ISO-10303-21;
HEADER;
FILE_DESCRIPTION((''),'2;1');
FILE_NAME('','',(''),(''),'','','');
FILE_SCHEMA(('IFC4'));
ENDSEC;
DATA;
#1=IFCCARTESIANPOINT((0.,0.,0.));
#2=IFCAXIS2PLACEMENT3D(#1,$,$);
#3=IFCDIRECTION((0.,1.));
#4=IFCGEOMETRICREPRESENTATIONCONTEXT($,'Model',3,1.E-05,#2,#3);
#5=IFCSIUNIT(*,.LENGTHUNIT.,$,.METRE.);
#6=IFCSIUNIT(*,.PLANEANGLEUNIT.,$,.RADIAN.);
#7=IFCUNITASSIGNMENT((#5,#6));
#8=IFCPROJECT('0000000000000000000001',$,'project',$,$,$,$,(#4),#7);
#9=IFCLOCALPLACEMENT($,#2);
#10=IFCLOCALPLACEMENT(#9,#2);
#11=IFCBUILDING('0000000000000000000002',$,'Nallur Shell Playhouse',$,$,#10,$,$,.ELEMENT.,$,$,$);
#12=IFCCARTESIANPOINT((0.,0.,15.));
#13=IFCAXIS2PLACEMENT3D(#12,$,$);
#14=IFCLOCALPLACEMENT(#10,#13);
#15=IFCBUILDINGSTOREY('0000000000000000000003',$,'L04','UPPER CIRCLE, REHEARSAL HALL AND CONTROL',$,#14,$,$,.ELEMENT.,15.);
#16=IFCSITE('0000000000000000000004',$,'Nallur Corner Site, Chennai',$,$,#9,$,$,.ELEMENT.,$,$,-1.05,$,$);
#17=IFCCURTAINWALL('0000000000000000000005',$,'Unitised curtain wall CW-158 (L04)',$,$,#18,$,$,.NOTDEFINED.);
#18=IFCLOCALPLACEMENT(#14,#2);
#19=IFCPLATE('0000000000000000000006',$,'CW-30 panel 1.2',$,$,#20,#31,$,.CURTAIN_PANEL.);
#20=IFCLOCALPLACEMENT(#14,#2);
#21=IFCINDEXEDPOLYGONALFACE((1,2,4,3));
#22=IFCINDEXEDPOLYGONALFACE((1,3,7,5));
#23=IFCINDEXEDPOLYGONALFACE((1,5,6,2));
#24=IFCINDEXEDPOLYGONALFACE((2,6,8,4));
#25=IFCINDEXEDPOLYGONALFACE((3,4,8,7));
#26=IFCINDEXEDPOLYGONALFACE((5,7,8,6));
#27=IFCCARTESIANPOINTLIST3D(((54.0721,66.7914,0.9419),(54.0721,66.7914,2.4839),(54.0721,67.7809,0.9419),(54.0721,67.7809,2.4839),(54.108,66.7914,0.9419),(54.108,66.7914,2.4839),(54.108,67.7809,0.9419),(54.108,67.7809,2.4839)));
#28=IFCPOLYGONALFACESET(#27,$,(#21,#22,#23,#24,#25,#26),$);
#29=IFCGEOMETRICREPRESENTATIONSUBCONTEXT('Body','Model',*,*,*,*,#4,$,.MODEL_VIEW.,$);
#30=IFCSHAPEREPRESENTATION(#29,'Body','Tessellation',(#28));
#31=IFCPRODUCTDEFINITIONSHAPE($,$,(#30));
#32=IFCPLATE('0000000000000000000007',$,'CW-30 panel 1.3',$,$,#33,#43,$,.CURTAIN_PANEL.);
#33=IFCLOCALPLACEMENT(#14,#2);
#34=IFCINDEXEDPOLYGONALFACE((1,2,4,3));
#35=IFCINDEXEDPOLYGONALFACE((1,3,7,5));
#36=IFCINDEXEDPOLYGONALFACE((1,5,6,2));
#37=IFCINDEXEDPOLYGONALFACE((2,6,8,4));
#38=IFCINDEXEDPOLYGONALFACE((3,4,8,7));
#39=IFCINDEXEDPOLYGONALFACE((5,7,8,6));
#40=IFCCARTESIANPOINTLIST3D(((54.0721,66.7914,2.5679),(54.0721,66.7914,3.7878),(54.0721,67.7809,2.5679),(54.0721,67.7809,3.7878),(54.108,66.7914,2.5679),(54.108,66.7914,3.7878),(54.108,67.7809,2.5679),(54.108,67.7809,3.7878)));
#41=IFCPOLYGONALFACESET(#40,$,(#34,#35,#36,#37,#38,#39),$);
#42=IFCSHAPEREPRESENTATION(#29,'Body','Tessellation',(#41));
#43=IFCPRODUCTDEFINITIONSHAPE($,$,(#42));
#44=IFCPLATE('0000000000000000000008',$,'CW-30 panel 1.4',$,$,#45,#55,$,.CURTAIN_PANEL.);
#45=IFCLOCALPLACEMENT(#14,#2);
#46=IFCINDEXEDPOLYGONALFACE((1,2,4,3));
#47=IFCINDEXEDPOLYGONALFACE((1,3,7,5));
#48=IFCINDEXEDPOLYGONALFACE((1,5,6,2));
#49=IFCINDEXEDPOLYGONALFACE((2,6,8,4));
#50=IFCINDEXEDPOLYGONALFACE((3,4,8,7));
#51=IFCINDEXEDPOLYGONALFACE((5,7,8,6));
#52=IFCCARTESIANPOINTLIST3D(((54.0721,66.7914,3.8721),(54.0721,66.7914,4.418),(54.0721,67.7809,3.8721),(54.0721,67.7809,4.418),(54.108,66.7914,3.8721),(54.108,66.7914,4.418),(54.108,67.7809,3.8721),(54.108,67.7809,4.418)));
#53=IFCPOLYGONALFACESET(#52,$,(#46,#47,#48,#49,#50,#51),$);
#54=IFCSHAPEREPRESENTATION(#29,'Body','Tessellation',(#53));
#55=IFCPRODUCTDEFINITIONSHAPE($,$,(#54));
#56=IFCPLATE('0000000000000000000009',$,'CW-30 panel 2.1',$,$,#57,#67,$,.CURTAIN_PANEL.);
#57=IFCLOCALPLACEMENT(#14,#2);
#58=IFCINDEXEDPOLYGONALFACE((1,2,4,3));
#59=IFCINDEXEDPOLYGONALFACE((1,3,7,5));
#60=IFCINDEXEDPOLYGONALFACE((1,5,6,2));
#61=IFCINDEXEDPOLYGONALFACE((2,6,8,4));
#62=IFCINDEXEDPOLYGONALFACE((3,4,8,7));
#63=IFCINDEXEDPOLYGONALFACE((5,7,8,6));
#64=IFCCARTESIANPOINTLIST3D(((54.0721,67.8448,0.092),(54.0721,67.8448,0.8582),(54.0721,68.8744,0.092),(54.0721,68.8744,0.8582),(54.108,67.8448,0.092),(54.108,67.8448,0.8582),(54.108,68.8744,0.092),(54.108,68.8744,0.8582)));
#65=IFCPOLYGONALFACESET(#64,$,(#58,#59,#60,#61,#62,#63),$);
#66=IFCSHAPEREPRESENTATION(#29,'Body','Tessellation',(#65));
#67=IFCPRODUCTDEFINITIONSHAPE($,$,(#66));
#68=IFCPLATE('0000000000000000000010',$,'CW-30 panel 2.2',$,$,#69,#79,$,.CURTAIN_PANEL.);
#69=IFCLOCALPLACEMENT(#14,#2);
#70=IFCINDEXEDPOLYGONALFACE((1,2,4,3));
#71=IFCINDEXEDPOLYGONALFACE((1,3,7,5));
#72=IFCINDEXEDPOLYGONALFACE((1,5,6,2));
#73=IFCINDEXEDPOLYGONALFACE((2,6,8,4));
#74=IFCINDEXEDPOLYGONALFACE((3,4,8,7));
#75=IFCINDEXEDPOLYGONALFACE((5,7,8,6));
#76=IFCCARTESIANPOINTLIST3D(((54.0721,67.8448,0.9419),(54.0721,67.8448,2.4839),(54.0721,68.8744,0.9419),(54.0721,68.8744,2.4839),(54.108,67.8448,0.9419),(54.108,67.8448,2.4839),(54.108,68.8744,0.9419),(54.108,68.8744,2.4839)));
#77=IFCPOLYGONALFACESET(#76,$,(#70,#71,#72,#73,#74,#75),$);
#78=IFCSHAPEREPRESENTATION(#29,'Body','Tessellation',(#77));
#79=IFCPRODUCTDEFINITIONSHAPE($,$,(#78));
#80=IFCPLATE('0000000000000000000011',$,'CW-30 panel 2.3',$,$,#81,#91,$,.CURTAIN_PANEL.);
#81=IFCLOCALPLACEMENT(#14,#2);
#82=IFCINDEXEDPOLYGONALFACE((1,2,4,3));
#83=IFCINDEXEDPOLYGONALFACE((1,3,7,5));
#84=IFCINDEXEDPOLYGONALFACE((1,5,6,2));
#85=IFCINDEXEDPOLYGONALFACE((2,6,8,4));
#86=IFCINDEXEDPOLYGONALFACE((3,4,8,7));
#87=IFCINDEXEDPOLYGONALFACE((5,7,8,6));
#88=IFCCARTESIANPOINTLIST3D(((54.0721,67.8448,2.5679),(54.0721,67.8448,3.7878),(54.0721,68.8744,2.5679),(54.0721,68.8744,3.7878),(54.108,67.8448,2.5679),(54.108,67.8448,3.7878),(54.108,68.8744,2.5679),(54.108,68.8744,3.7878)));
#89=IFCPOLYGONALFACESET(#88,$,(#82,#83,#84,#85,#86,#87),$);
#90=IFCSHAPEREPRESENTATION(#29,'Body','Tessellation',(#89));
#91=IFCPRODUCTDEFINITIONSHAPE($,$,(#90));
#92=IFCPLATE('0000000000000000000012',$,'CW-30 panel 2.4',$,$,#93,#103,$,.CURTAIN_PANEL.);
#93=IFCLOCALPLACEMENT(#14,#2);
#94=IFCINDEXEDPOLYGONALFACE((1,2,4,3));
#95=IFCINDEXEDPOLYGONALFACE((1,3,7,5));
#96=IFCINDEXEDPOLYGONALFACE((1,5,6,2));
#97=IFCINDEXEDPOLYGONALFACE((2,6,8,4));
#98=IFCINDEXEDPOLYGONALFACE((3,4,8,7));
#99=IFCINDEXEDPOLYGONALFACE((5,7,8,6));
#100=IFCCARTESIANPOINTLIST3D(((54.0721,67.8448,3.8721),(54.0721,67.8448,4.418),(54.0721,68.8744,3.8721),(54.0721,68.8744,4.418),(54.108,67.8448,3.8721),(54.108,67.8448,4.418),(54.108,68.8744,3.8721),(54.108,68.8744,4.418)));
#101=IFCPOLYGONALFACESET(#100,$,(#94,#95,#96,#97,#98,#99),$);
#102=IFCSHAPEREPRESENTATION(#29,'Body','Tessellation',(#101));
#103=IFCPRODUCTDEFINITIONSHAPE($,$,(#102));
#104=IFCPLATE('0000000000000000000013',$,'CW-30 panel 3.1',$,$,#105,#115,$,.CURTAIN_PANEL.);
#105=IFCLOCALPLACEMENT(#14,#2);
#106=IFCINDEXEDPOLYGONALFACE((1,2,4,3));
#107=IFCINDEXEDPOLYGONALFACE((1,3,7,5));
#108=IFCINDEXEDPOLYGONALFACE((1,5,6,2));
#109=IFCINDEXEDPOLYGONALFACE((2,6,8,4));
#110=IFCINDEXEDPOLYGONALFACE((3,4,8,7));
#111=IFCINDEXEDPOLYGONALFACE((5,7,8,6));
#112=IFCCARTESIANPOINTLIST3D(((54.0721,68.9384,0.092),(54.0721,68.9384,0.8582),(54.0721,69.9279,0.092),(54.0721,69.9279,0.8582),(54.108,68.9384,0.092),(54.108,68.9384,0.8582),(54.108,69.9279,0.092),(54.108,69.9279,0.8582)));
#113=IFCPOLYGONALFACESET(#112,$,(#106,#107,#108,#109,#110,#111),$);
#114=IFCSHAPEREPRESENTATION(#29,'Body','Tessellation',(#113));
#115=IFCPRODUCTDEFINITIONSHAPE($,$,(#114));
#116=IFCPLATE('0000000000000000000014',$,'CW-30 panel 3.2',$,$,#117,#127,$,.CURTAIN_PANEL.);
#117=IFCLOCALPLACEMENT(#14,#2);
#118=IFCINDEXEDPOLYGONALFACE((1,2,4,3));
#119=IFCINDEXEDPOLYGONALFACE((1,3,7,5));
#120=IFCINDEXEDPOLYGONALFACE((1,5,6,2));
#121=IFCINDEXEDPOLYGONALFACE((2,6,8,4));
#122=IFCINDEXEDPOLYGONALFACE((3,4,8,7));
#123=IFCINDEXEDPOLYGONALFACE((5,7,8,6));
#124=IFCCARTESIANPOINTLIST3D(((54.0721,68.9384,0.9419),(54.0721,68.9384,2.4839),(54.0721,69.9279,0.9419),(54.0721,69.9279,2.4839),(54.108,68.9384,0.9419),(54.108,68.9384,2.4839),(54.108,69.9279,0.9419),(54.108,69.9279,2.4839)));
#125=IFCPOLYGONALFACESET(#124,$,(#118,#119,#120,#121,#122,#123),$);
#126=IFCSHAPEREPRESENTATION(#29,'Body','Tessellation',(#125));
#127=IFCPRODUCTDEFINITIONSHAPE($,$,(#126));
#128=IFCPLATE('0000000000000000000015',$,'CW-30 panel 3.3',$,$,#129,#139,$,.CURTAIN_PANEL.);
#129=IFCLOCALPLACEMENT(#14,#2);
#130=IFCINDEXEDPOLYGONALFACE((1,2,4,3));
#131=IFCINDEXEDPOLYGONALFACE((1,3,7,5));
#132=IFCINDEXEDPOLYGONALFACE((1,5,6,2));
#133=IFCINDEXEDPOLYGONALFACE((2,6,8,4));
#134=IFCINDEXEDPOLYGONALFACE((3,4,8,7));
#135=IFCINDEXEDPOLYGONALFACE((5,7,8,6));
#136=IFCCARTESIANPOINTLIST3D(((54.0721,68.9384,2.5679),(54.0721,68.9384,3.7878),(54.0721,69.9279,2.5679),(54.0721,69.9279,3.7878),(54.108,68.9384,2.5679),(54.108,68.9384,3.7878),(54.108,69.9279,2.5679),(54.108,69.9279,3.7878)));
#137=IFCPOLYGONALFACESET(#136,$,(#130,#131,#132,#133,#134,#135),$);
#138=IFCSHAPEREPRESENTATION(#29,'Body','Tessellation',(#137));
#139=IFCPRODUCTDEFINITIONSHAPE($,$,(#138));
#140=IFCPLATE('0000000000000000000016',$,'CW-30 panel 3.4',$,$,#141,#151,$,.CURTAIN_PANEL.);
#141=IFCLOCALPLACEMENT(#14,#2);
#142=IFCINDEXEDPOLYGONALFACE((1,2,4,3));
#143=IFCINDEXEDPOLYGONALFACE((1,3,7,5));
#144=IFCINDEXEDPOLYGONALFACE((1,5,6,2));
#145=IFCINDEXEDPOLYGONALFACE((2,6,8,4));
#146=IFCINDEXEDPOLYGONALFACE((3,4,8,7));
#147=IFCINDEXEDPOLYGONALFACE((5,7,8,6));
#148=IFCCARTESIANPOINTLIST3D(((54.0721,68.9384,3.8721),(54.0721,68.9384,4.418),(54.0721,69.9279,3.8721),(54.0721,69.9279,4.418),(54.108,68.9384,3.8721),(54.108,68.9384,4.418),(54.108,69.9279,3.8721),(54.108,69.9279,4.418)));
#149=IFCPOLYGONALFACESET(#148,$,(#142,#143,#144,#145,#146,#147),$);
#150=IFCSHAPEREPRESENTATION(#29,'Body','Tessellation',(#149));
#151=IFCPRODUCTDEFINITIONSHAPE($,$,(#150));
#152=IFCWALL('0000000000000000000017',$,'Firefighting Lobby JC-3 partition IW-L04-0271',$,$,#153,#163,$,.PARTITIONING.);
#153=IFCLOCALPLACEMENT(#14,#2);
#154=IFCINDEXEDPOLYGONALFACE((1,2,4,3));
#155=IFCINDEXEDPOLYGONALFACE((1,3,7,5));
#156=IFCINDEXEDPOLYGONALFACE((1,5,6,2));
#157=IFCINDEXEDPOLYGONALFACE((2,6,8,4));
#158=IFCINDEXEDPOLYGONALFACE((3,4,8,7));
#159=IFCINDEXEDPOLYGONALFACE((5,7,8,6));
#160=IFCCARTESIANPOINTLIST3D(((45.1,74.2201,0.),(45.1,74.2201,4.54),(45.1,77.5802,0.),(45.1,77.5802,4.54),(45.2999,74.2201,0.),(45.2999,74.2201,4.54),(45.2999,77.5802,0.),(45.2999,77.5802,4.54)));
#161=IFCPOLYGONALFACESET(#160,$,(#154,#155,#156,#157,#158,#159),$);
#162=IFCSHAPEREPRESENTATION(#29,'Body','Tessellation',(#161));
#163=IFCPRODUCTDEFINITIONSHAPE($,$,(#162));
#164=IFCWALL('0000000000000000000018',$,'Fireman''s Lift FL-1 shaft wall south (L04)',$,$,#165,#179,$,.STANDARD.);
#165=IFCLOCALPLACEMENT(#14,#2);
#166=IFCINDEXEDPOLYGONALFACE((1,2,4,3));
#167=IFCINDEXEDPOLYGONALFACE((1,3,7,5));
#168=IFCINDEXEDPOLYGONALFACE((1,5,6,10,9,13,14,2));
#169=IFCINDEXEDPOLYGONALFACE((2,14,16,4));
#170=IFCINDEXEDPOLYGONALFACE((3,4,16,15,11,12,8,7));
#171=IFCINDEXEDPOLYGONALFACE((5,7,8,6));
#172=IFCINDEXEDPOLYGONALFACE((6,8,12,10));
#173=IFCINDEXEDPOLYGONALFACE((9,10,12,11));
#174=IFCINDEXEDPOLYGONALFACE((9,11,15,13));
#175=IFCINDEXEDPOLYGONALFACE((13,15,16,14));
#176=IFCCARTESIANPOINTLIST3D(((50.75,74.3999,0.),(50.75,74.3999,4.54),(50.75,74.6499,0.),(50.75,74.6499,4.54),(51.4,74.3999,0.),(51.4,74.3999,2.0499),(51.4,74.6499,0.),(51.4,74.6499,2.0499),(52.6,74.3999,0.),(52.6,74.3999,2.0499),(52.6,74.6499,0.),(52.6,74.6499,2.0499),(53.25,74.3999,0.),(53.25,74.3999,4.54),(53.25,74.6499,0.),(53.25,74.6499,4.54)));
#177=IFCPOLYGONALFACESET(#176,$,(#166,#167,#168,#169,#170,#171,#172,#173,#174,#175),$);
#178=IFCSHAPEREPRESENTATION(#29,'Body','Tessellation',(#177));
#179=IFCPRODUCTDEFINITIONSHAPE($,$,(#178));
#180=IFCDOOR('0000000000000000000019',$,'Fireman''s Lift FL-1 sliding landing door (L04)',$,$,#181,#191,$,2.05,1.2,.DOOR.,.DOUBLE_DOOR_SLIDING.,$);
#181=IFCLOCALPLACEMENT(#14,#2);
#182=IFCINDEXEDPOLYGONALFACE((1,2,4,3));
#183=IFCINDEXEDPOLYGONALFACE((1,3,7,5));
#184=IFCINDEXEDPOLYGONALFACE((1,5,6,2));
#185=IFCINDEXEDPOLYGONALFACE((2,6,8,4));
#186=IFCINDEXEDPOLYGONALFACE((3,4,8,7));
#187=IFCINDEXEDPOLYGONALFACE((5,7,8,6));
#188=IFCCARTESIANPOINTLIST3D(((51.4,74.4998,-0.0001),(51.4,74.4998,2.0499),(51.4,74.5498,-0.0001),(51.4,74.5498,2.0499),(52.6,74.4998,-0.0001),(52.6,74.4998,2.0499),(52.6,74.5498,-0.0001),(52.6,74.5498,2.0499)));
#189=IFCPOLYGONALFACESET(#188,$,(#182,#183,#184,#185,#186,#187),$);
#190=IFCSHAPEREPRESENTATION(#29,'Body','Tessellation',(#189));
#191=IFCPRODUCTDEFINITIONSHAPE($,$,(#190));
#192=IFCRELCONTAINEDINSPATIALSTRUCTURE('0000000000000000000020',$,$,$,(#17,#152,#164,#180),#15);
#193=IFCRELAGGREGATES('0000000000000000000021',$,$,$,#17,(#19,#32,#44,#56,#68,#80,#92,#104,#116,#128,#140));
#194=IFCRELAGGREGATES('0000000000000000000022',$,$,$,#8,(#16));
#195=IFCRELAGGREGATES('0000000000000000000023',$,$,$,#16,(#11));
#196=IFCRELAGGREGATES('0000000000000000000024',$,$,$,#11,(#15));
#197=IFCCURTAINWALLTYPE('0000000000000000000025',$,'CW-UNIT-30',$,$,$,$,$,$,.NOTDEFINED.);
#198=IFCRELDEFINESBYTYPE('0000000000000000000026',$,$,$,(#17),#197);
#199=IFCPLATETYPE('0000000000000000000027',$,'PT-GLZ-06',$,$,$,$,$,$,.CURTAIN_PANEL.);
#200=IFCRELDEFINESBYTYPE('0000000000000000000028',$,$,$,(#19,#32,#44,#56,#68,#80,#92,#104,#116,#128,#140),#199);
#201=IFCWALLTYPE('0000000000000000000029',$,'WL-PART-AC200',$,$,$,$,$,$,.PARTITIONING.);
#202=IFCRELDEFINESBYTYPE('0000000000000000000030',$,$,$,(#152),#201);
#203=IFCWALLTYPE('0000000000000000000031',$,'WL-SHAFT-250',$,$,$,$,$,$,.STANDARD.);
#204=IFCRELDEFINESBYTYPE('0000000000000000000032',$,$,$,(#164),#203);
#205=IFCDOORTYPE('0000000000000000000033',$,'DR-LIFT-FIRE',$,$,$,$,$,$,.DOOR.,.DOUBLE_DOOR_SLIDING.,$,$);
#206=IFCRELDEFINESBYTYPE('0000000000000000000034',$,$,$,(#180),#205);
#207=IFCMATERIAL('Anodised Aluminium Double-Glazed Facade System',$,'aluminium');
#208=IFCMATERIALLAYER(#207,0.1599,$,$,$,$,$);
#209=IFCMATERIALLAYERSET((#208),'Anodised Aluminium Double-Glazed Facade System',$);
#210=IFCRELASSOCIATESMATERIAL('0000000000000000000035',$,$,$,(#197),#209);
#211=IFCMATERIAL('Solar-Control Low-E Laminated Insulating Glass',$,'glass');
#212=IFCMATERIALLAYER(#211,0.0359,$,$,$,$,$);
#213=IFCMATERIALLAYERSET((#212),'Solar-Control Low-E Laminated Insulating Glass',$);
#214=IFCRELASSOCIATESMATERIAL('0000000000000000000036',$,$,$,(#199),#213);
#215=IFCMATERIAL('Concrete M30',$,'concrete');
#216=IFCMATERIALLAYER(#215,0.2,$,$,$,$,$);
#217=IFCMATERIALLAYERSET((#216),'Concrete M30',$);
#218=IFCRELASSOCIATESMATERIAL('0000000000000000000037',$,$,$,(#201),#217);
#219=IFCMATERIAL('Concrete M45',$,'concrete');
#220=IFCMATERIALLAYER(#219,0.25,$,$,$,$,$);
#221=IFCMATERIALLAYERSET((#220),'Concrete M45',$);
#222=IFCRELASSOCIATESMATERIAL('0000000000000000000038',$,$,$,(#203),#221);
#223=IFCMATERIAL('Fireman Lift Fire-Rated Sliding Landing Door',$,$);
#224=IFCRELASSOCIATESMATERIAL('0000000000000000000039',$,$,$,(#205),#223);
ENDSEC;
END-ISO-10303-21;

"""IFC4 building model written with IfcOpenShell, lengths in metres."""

from ifc_helpers import new_model, si_unit, direction, frame, frame_2d, origin, origin_2d, place, context, subcontext, project, spatial, rectangle, extrude, material, layer, layer_set, type_object, element, fill, aggregate, save


model = new_model("IFC4")

# Units and contexts
model_context = context("Model", 3, precision=1e-05, world=origin(), true_north=direction((0.0, 1.0)))
body_context = subcontext(model_context, "Body", "Model", "MODEL_VIEW")
ifc_project = project(units=[si_unit("LENGTHUNIT", "METRE"), si_unit("PLANEANGLEUNIT", "RADIAN")], contexts=[model_context])

# Site, building, storey
site_placement = place(None, origin())
site = spatial("IfcSite", under=ifc_project, at=site_placement, Name="Nallur Corner Site, Chennai", CompositionType="ELEMENT", RefElevation=-1.05)
building_placement = place(site_placement, origin())
building = spatial("IfcBuilding", under=site, at=building_placement, Name="Nallur Shell Playhouse", CompositionType="ELEMENT")
storey_placement = place(building_placement, frame((0.0, 0.0, 15.0)))
storey = spatial("IfcBuildingStorey", under=building, at=storey_placement, Name="L04", Description="UPPER CIRCLE, REHEARSAL HALL AND CONTROL", CompositionType="ELEMENT", Elevation=15.0)

# Curtain wall
ifc_material_1 = material(Name="Anodised Aluminium Double-Glazed Facade System", Category="aluminium")
ifc_layer_1 = layer(ifc_material_1, 0.1599)
ifc_layer_set_1 = layer_set([ifc_layer_1], Name="Anodised Aluminium Double-Glazed Facade System")
curtain_wall_type_1 = type_object("IfcCurtainWallType", Name="CW-UNIT-30", PredefinedType="NOTDEFINED", material=ifc_layer_set_1)
curtain_wall_1_placement = place(storey_placement, origin())
curtain_wall_1 = element("IfcCurtainWall", 1, at=curtain_wall_1_placement, inside=storey, type_object=curtain_wall_type_1, Name="Unitised curtain wall CW-158 (L04)", PredefinedType="NOTDEFINED")

# Plates
ifc_material_2 = material(Name="Solar-Control Low-E Laminated Insulating Glass", Category="glass")
ifc_layer_2 = layer(ifc_material_2, 0.0359)
ifc_layer_set_2 = layer_set([ifc_layer_2], Name="Solar-Control Low-E Laminated Insulating Glass")
plate_type = type_object("IfcPlateType", Name="PT-GLZ-06", PredefinedType="CURTAIN_PANEL", material=ifc_layer_set_2)
plate_1_placement = place(storey_placement, frame((54.0901, 67.2861, 0.9419), z_axis=(0.0, 0.0, 1.0), x_axis=(0.0, 1.0, 0.0)))
plate_1 = element("IfcPlate", 2, at=plate_1_placement, type_object=plate_type, Name="CW-30 panel 1.2", PredefinedType="CURTAIN_PANEL", context=body_context, shape_type="SweptSolid", body=[
    extrude(rectangle(XDim=0.9895, YDim=0.0359, at=origin_2d()), origin(), (0.0, 0.0, 1.0), 1.542),
])
plate_2_placement = place(storey_placement, frame((54.0901, 67.2861, 2.5679), z_axis=(0.0, 0.0, 1.0), x_axis=(0.0, 1.0, 0.0)))
plate_2 = element("IfcPlate", 3, at=plate_2_placement, type_object=plate_type, Name="CW-30 panel 1.3", PredefinedType="CURTAIN_PANEL", context=body_context, shape_type="SweptSolid", body=[
    extrude(rectangle(XDim=0.9895, YDim=0.0359, at=origin_2d()), origin(), (0.0, 0.0, 1.0), 1.22),
])
plate_3_placement = place(storey_placement, frame((54.0901, 67.2861, 3.8721), z_axis=(0.0, 0.0, 1.0), x_axis=(0.0, 1.0, 0.0)))
plate_3 = element("IfcPlate", 4, at=plate_3_placement, type_object=plate_type, Name="CW-30 panel 1.4", PredefinedType="CURTAIN_PANEL", context=body_context, shape_type="SweptSolid", body=[
    extrude(rectangle(XDim=0.9895, YDim=0.0359, at=origin_2d()), origin(), (0.0, 0.0, 1.0), 0.5459),
])
plate_4_placement = place(storey_placement, frame((54.0901, 68.3596, 0.092), z_axis=(0.0, 0.0, 1.0), x_axis=(0.0, 1.0, 0.0)))
plate_4 = element("IfcPlate", 5, at=plate_4_placement, type_object=plate_type, Name="CW-30 panel 2.1", PredefinedType="CURTAIN_PANEL", context=body_context, shape_type="SweptSolid", body=[
    extrude(rectangle(XDim=1.0295, YDim=0.0359, at=origin_2d()), origin(), (0.0, 0.0, 1.0), 0.7661),
])
plate_5_placement = place(storey_placement, frame((54.0901, 68.3596, 0.9419), z_axis=(0.0, 0.0, 1.0), x_axis=(0.0, 1.0, 0.0)))
plate_5 = element("IfcPlate", 6, at=plate_5_placement, type_object=plate_type, Name="CW-30 panel 2.2", PredefinedType="CURTAIN_PANEL", context=body_context, shape_type="SweptSolid", body=[
    extrude(rectangle(XDim=1.0295, YDim=0.0359, at=origin_2d()), origin(), (0.0, 0.0, 1.0), 1.542),
])
plate_6_placement = place(storey_placement, frame((54.0901, 68.3596, 2.5679), z_axis=(0.0, 0.0, 1.0), x_axis=(0.0, 1.0, 0.0)))
plate_6 = element("IfcPlate", 7, at=plate_6_placement, type_object=plate_type, Name="CW-30 panel 2.3", PredefinedType="CURTAIN_PANEL", context=body_context, shape_type="SweptSolid", body=[
    extrude(rectangle(XDim=1.0295, YDim=0.0359, at=origin_2d()), origin(), (0.0, 0.0, 1.0), 1.22),
])
plate_7_placement = place(storey_placement, frame((54.0901, 68.3596, 3.8721), z_axis=(0.0, 0.0, 1.0), x_axis=(0.0, 1.0, 0.0)))
plate_7 = element("IfcPlate", 8, at=plate_7_placement, type_object=plate_type, Name="CW-30 panel 2.4", PredefinedType="CURTAIN_PANEL", context=body_context, shape_type="SweptSolid", body=[
    extrude(rectangle(XDim=1.0295, YDim=0.0359, at=origin_2d()), origin(), (0.0, 0.0, 1.0), 0.5459),
])
plate_8_placement = place(storey_placement, frame((54.0901, 69.4331, 0.092), z_axis=(0.0, 0.0, 1.0), x_axis=(0.0, 1.0, 0.0)))
plate_8 = element("IfcPlate", 9, at=plate_8_placement, type_object=plate_type, Name="CW-30 panel 3.1", PredefinedType="CURTAIN_PANEL", context=body_context, shape_type="SweptSolid", body=[
    extrude(rectangle(XDim=0.9895, YDim=0.0359, at=origin_2d()), origin(), (0.0, 0.0, 1.0), 0.7661),
])
plate_9_placement = place(storey_placement, frame((54.0901, 69.4331, 0.9419), z_axis=(0.0, 0.0, 1.0), x_axis=(0.0, 1.0, 0.0)))
plate_9 = element("IfcPlate", 10, at=plate_9_placement, type_object=plate_type, Name="CW-30 panel 3.2", PredefinedType="CURTAIN_PANEL", context=body_context, shape_type="SweptSolid", body=[
    extrude(rectangle(XDim=0.9895, YDim=0.0359, at=origin_2d()), origin(), (0.0, 0.0, 1.0), 1.542),
])
plate_10_placement = place(storey_placement, frame((54.0901, 69.4331, 2.5679), z_axis=(0.0, 0.0, 1.0), x_axis=(0.0, 1.0, 0.0)))
plate_10 = element("IfcPlate", 11, at=plate_10_placement, type_object=plate_type, Name="CW-30 panel 3.3", PredefinedType="CURTAIN_PANEL", context=body_context, shape_type="SweptSolid", body=[
    extrude(rectangle(XDim=0.9895, YDim=0.0359, at=origin_2d()), origin(), (0.0, 0.0, 1.0), 1.22),
])
plate_11_placement = place(storey_placement, frame((54.0901, 69.4331, 3.8721), z_axis=(0.0, 0.0, 1.0), x_axis=(0.0, 1.0, 0.0)))
plate_11 = element("IfcPlate", 12, at=plate_11_placement, type_object=plate_type, Name="CW-30 panel 3.4", PredefinedType="CURTAIN_PANEL", context=body_context, shape_type="SweptSolid", body=[
    extrude(rectangle(XDim=0.9895, YDim=0.0359, at=origin_2d()), origin(), (0.0, 0.0, 1.0), 0.5459),
])
aggregate(curtain_wall_1, [plate_1, plate_2, plate_3, plate_4, plate_5, plate_6, plate_7, plate_8, plate_9, plate_10, plate_11])

# Wall
ifc_material_3 = material(Name="Concrete M30", Category="concrete")
ifc_layer_3 = layer(ifc_material_3, 0.2)
ifc_layer_set_3 = layer_set([ifc_layer_3], Name="Concrete M30")
wall_type_1 = type_object("IfcWallType", Name="WL-PART-AC200", PredefinedType="PARTITIONING", material=ifc_layer_set_3)
wall_1_placement = place(storey_placement, frame((45.2, 74.22, 0.0), z_axis=(0.0, 0.0, 1.0), x_axis=(0.0, 1.0, 0.0)))
element("IfcWall", 13, at=wall_1_placement, inside=storey, type_object=wall_type_1, Name="Firefighting Lobby JC-3 partition IW-L04-0271", PredefinedType="PARTITIONING", context=body_context, shape_type="SweptSolid", body=[
    extrude(rectangle(XDim=3.3601, YDim=0.2, at=frame_2d((1.6802, 0.0))), origin(), (0.0, 0.0, 1.0), 4.54),
])

# Wall, opening, door
ifc_material_4 = material(Name="Concrete M45", Category="concrete")
ifc_layer_4 = layer(ifc_material_4, 0.25)
ifc_layer_set_4 = layer_set([ifc_layer_4], Name="Concrete M45")
wall_type_2 = type_object("IfcWallType", Name="WL-SHAFT-250", PredefinedType="STANDARD", material=ifc_layer_set_4)
wall_2_placement = place(storey_placement, frame((50.75, 74.5249, 0.0), z_axis=(0.0, 0.0, 1.0), x_axis=(1.0, 0.0, 0.0)))
wall_2 = element("IfcWall", 14, at=wall_2_placement, inside=storey, type_object=wall_type_2, Name="Fireman's Lift FL-1 shaft wall south (L04)", PredefinedType="STANDARD", context=body_context, shape_type="SweptSolid", body=[
    extrude(rectangle(XDim=2.5, YDim=0.25, at=frame_2d((1.25, 0.0))), origin(), (0.0, 0.0, 1.0), 4.54),
])
opening_1_placement = place(wall_2_placement, frame((0.6499, 0.0, 0.0)))
opening_1 = element("IfcOpeningElement", 15, at=opening_1_placement, cuts=wall_2, PredefinedType="OPENING", context=body_context, shape_type="SweptSolid", body=[
    extrude(rectangle(XDim=1.2, YDim=2.05, at=frame_2d((0.6001, 1.0249))), frame((0.0, 0.135, 0.0), z_axis=(0.0, -1.0, 0.0), x_axis=(1.0, 0.0, 0.0)), (0.0, 0.0, 1.0), 0.27),
])
ifc_material_5 = material(Name="Fireman Lift Fire-Rated Sliding Landing Door")
door_type_1 = type_object("IfcDoorType", Name="DR-LIFT-FIRE", OperationType="DOUBLE_DOOR_SLIDING", PredefinedType="DOOR", material=ifc_material_5)
door_1_placement = place(opening_1_placement, origin())
door_1 = element("IfcDoor", 16, at=door_1_placement, inside=storey, type_object=door_type_1, Name="Fireman's Lift FL-1 sliding landing door (L04)", OperationType="DOUBLE_DOOR_SLIDING", OverallHeight=2.05, OverallWidth=1.2, PredefinedType="DOOR", context=body_context, shape_type="SweptSolid", body=[
    extrude(rectangle(XDim=1.2, YDim=2.05, at=frame_2d((0.6001, 1.0249))), frame((0.0, 0.0249, 0.0), z_axis=(0.0, -1.0, 0.0), x_axis=(1.0, 0.0, 0.0)), (0.0, 0.0, 1.0), 0.05),
])
fill(opening_1, door_1)

save(model, "model.ifc")
